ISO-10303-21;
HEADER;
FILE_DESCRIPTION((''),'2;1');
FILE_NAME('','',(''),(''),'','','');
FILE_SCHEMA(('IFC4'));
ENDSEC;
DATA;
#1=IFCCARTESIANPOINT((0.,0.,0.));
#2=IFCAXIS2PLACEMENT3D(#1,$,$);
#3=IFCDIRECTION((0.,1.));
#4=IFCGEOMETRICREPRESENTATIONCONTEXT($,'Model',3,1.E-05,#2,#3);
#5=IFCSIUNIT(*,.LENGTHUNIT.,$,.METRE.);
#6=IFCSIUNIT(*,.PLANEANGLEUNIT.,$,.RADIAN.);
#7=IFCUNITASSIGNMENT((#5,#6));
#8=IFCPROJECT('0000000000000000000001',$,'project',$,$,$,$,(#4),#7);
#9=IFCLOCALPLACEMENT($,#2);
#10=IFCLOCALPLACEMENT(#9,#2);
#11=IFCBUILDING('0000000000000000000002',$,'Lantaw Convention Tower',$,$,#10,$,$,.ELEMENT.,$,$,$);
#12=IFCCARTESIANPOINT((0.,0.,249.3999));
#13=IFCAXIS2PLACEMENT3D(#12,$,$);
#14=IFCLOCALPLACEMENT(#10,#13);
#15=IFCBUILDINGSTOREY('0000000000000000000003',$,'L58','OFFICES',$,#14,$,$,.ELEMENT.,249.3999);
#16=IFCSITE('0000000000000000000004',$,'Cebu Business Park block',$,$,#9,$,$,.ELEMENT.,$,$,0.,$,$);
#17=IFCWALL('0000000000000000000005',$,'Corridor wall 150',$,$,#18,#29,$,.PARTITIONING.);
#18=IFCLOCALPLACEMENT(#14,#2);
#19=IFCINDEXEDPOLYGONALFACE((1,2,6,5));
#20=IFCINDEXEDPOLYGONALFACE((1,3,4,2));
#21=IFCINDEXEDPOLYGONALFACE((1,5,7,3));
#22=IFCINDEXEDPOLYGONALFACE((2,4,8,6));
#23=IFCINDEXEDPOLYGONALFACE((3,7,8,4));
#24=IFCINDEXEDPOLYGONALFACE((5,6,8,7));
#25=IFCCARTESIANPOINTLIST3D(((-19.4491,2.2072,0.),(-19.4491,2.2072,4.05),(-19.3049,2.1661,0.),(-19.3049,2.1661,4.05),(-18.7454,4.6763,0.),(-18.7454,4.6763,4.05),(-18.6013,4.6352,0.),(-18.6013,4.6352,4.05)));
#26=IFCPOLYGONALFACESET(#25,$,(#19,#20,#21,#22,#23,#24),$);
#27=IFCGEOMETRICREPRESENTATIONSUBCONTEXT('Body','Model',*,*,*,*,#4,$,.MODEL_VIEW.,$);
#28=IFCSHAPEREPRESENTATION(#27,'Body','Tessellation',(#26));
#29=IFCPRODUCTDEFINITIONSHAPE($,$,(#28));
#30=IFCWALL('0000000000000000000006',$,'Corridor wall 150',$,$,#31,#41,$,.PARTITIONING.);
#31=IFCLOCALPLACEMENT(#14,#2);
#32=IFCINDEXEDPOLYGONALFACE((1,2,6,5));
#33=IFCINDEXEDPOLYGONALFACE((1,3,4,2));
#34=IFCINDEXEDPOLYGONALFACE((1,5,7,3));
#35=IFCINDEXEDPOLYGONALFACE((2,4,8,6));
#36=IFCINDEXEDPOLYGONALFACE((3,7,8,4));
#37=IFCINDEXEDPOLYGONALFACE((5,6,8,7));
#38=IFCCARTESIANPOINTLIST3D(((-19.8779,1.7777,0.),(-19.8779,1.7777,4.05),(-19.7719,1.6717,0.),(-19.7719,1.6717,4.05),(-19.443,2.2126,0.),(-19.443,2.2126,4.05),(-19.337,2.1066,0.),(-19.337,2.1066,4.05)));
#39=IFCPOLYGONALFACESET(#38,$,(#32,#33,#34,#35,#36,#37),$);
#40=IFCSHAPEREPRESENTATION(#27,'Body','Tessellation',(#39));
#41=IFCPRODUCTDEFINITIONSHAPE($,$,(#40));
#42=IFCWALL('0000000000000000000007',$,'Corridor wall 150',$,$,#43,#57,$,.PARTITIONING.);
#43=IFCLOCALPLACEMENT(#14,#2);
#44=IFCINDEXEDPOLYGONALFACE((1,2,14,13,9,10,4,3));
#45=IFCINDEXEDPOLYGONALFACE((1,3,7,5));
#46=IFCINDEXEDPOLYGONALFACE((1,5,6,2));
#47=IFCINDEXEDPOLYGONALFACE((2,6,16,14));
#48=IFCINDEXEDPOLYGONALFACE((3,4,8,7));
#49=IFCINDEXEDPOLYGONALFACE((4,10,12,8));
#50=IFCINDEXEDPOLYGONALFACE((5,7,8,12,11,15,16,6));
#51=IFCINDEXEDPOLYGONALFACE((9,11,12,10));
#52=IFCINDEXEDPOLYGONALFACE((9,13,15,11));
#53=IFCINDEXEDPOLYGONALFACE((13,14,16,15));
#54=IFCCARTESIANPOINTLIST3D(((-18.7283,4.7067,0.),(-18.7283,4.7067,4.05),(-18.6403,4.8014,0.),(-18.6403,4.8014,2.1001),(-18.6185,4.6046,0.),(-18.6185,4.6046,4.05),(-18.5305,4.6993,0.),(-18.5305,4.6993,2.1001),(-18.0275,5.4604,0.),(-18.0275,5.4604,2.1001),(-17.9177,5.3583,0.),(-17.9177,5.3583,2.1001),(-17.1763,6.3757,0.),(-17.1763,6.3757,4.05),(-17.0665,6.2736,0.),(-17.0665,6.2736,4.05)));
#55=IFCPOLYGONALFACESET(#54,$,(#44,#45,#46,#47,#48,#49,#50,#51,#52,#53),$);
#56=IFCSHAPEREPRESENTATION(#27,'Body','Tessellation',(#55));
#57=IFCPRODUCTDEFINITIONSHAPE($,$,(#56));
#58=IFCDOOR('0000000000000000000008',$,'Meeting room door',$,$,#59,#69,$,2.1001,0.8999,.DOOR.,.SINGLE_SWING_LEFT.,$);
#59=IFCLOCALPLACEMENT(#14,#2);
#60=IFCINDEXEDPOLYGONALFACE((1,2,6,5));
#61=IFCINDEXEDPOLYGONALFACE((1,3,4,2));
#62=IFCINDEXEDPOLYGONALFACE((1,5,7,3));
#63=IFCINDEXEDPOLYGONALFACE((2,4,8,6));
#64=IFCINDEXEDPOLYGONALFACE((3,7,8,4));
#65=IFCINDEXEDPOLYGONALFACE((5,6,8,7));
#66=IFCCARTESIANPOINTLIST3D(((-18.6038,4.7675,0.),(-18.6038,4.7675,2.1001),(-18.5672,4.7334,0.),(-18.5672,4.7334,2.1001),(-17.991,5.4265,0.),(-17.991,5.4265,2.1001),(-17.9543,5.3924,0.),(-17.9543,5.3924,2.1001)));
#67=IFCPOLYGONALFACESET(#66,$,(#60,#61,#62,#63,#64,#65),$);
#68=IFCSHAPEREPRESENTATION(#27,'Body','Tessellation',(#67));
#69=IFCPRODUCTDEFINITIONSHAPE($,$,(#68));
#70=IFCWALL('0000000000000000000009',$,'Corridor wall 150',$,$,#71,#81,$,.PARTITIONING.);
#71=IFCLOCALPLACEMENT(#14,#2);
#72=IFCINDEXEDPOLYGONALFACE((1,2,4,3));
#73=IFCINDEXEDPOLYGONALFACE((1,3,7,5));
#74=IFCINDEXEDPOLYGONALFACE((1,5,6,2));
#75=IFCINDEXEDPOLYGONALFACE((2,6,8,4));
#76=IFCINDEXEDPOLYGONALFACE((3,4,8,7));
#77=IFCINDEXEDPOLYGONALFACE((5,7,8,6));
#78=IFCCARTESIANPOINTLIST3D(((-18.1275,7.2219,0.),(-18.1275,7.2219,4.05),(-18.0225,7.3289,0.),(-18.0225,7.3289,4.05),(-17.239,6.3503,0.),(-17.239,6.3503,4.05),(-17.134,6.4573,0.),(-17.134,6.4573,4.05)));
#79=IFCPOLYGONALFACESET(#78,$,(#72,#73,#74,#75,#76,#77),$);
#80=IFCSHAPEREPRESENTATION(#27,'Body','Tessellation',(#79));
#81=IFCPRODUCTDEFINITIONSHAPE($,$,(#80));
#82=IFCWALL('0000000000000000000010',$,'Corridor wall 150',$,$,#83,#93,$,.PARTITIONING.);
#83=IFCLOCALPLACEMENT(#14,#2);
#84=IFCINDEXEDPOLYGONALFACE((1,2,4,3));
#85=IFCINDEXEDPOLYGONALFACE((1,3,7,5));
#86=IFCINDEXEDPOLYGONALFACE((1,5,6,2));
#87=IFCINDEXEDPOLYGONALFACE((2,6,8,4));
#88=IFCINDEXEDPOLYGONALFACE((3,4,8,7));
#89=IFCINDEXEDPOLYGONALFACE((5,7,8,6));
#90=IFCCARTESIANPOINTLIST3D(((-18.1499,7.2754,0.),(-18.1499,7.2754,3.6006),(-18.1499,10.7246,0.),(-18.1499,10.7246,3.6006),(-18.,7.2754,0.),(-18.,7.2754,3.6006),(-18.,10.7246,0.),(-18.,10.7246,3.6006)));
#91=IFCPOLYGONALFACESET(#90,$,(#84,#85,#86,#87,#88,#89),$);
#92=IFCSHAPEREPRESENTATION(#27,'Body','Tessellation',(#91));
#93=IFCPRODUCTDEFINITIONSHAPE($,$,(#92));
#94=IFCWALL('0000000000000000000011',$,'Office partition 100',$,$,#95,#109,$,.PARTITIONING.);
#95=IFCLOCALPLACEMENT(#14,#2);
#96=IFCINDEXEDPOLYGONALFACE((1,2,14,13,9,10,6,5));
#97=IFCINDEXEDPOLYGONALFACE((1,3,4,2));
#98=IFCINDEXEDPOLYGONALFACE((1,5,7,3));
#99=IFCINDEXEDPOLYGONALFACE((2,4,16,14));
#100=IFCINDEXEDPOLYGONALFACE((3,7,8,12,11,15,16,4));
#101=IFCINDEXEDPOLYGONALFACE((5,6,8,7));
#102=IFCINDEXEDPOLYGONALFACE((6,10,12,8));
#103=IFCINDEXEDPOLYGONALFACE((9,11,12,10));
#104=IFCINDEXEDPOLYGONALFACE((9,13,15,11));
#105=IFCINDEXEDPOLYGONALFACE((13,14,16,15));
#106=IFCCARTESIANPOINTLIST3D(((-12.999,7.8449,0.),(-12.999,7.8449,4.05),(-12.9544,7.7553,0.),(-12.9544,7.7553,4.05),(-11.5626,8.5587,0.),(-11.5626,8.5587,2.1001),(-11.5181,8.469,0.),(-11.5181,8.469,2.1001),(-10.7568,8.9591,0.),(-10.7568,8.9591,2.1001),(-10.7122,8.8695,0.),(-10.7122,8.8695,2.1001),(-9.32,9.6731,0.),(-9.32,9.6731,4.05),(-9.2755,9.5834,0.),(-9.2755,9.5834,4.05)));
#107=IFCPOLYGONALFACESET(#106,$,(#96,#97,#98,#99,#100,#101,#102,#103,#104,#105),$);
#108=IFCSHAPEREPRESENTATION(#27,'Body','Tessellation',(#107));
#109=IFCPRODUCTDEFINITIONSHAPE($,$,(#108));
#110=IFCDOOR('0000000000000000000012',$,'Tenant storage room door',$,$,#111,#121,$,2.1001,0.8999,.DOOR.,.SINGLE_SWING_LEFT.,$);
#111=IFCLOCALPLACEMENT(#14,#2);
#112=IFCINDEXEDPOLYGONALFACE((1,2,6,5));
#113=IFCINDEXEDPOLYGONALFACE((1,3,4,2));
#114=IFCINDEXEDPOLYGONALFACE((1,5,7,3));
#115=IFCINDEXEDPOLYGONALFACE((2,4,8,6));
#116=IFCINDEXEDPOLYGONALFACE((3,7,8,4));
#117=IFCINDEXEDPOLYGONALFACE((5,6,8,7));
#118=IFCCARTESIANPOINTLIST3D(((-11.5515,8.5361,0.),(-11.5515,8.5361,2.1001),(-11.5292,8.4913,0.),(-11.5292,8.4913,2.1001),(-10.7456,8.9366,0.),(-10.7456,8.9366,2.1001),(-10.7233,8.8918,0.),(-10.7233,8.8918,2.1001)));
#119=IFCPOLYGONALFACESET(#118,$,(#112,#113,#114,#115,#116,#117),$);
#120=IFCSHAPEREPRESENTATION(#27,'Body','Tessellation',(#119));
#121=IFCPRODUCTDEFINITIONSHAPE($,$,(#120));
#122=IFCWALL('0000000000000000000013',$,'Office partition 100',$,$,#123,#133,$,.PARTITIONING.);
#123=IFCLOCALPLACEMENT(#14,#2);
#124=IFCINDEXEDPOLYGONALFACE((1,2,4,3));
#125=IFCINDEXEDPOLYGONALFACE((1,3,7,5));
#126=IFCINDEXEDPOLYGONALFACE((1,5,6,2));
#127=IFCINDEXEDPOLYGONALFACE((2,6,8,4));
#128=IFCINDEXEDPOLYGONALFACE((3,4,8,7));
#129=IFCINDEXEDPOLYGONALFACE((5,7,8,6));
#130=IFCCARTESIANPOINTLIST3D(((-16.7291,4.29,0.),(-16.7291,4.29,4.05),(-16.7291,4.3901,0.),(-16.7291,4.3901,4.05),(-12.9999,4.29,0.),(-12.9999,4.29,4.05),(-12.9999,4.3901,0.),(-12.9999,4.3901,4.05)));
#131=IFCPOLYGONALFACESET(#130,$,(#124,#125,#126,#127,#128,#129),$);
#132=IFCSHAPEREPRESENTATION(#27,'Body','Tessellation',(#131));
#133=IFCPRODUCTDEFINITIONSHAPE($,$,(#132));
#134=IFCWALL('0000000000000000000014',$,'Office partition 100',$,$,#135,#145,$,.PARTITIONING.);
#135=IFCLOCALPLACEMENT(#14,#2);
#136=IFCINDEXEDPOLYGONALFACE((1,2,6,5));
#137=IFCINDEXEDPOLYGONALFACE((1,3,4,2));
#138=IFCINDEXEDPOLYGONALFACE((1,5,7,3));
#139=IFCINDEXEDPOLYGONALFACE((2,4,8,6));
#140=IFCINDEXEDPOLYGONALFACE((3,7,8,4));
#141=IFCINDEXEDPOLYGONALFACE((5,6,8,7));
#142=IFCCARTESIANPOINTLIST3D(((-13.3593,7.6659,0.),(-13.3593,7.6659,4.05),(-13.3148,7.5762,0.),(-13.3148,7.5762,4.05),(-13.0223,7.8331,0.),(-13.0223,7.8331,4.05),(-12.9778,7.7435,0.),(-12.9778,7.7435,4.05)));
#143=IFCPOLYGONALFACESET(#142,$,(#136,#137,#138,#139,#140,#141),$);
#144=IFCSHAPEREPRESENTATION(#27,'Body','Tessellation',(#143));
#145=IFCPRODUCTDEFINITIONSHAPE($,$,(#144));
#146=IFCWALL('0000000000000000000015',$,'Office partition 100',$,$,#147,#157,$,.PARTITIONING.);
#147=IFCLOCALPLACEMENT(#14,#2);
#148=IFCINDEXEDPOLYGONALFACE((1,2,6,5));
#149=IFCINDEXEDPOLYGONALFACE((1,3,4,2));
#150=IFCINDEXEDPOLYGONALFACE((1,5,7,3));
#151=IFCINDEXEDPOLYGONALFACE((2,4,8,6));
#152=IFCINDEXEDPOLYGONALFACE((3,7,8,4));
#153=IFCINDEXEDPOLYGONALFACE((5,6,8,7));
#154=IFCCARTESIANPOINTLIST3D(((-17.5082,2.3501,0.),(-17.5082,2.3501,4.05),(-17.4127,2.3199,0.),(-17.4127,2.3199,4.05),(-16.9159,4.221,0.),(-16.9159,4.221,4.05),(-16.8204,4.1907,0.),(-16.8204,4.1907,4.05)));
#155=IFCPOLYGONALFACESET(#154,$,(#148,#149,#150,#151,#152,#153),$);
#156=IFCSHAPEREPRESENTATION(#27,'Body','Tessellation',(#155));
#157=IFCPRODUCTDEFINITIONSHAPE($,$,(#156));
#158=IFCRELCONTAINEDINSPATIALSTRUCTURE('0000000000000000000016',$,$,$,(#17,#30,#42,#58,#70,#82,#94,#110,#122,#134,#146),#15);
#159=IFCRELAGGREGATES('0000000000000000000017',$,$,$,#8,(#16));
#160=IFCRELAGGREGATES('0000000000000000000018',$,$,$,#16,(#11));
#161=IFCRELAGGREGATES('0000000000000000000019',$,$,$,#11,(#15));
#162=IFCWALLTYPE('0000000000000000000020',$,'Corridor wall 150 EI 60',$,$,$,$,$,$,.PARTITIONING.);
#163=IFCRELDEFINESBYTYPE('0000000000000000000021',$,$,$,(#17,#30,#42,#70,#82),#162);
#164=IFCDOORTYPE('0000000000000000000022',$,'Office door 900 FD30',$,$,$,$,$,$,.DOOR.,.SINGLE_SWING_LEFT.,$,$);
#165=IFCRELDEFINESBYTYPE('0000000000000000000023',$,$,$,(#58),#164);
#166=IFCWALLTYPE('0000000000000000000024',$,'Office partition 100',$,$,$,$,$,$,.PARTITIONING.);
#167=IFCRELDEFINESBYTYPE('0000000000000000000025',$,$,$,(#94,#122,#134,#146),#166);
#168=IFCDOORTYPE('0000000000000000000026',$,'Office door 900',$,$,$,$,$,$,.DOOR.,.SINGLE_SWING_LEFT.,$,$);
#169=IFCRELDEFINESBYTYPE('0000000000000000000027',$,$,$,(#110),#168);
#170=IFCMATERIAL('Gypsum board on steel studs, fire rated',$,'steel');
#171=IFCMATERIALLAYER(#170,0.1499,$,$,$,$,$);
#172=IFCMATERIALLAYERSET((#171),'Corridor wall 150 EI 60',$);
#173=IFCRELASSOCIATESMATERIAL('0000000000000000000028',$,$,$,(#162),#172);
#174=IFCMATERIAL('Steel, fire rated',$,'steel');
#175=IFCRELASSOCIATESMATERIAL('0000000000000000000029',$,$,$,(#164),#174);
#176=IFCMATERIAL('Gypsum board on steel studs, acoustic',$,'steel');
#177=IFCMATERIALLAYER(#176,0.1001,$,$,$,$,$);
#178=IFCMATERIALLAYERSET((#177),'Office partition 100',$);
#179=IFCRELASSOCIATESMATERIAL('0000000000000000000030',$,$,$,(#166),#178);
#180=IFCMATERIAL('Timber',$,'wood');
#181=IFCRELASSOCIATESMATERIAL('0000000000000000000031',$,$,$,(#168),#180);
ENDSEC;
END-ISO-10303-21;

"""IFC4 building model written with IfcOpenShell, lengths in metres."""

from ifc_helpers import new_model, si_unit, direction, frame, frame_2d, origin, place, context, subcontext, project, spatial, rectangle, extrude, material, layer, layer_set, type_object, element, fill, save


model = new_model("IFC4")

# Units and contexts
model_context = context("Model", 3, precision=1e-05, world=origin(), true_north=direction((0.0, 1.0)))
body_context = subcontext(model_context, "Body", "Model", "MODEL_VIEW")
ifc_project = project(units=[si_unit("LENGTHUNIT", "METRE"), si_unit("PLANEANGLEUNIT", "RADIAN")], contexts=[model_context])

# Site, building, storey
site_placement = place(None, origin())
site = spatial("IfcSite", under=ifc_project, at=site_placement, Name="Cebu Business Park block", CompositionType="ELEMENT", RefElevation=0.0)
building_placement = place(site_placement, origin())
building = spatial("IfcBuilding", under=site, at=building_placement, Name="Lantaw Convention Tower", CompositionType="ELEMENT")
storey_placement = place(building_placement, frame((0.0, 0.0, 249.3999)))
storey = spatial("IfcBuildingStorey", under=building, at=storey_placement, Name="L58", Description="OFFICES", CompositionType="ELEMENT", Elevation=249.3999)

# Walls
ifc_material_1 = material(Name="Gypsum board on steel studs, fire rated", Category="steel")
ifc_layer_1 = layer(ifc_material_1, 0.1499)
ifc_layer_set_1 = layer_set([ifc_layer_1], Name="Corridor wall 150 EI 60")
wall_type_1 = type_object("IfcWallType", Name="Corridor wall 150 EI 60", PredefinedType="PARTITIONING", material=ifc_layer_set_1)
wall_1_placement = place(storey_placement, frame((-18.6733, 4.6558, 0.0), z_axis=(0.0, 0.0, 1.0), x_axis=(-0.274068, -0.96171, 0.0)))
element("IfcWall", 1, at=wall_1_placement, inside=storey, type_object=wall_type_1, Name="Corridor wall 150", PredefinedType="PARTITIONING", context=body_context, shape_type="SweptSolid", body=[
    extrude(rectangle(XDim=2.5674, YDim=0.1499, at=frame_2d((1.2837, 0.0))), origin(), (0.0, 0.0, 1.0), 4.05),
])
wall_2_placement = place(storey_placement, frame((-19.825, 1.7246, 0.0), z_axis=(0.0, 0.0, 1.0), x_axis=(0.707107, 0.707107, 0.0)))
element("IfcWall", 2, at=wall_2_placement, inside=storey, type_object=wall_type_1, Name="Corridor wall 150", PredefinedType="PARTITIONING", context=body_context, shape_type="SweptSolid", body=[
    extrude(rectangle(XDim=0.615, YDim=0.1499, at=frame_2d((0.3076, 0.0))), origin(), (0.0, 0.0, 1.0), 4.05),
])

# Wall, opening, door
wall_3_placement = place(storey_placement, frame((-17.1213, 6.3247, 0.0), z_axis=(0.0, 0.0, 1.0), x_axis=(-0.680985, -0.732297, 0.0)))
wall_3 = element("IfcWall", 3, at=wall_3_placement, inside=storey, type_object=wall_type_1, Name="Corridor wall 150", PredefinedType="PARTITIONING", context=body_context, shape_type="SweptSolid", body=[
    extrude(rectangle(XDim=2.2791, YDim=0.1499, at=frame_2d((1.1396, 0.0))), origin(), (0.0, 0.0, 1.0), 4.05),
])
opening_1_placement = place(wall_3_placement, frame((1.25, 0.0, 0.0)))
opening_1 = element("IfcOpeningElement", 4, at=opening_1_placement, cuts=wall_3, PredefinedType="OPENING", context=body_context, shape_type="SweptSolid", body=[
    extrude(rectangle(XDim=0.8999, YDim=2.1001, at=frame_2d((0.45, 1.05))), frame((0.0, 0.085, 0.0), z_axis=(0.0, -1.0, 0.0), x_axis=(1.0, 0.0, 0.0)), (0.0, 0.0, 1.0), 0.1699),
])
ifc_material_2 = material(Name="Steel, fire rated", Category="steel")
door_type_1 = type_object("IfcDoorType", Name="Office door 900 FD30", OperationType="SINGLE_SWING_LEFT", PredefinedType="DOOR", material=ifc_material_2)
door_1_placement = place(opening_1_placement, origin())
door_1 = element("IfcDoor", 5, at=door_1_placement, inside=storey, type_object=door_type_1, Name="Meeting room door", OperationType="SINGLE_SWING_LEFT", OverallHeight=2.1001, OverallWidth=0.8999, PredefinedType="DOOR", context=body_context, shape_type="SweptSolid", body=[
    extrude(rectangle(XDim=0.8999, YDim=2.1001, at=frame_2d((0.45, 1.05))), frame((0.0, 0.0249, 0.0), z_axis=(0.0, -1.0, 0.0), x_axis=(1.0, 0.0, 0.0)), (0.0, 0.0, 1.0), 0.05),
])
fill(opening_1, door_1)

# Walls
wall_4_placement = place(storey_placement, frame((-17.1865, 6.4038, 0.0), z_axis=(0.0, 0.0, 1.0), x_axis=(-0.713842, 0.700307, 0.0)))
element("IfcWall", 6, at=wall_4_placement, inside=storey, type_object=wall_type_1, Name="Corridor wall 150", PredefinedType="PARTITIONING", context=body_context, shape_type="SweptSolid", body=[
    extrude(rectangle(XDim=1.2446, YDim=0.1499, at=frame_2d((0.6223, 0.0))), origin(), (0.0, 0.0, 1.0), 4.05),
])
wall_5_placement = place(storey_placement, frame((-18.075, 7.2754, 0.0), z_axis=(0.0, 0.0, 1.0), x_axis=(0.0, 1.0, 0.0)))
element("IfcWall", 7, at=wall_5_placement, inside=storey, type_object=wall_type_1, Name="Corridor wall 150", PredefinedType="PARTITIONING", context=body_context, shape_type="SweptSolid", body=[
    extrude(rectangle(XDim=3.4492, YDim=0.1499, at=frame_2d((1.7246, 0.0))), origin(), (0.0, 0.0, 1.0), 3.6006),
])

# Wall, opening, door
ifc_material_3 = material(Name="Gypsum board on steel studs, acoustic", Category="steel")
ifc_layer_2 = layer(ifc_material_3, 0.1001)
ifc_layer_set_2 = layer_set([ifc_layer_2], Name="Office partition 100")
wall_type_2 = type_object("IfcWallType", Name="Office partition 100", PredefinedType="PARTITIONING", material=ifc_layer_set_2)
wall_6_placement = place(storey_placement, frame((-12.9768, 7.8, 0.0), z_axis=(0.0, 0.0, 1.0), x_axis=(0.89553, 0.445001, 0.0)))
wall_6 = element("IfcWall", 8, at=wall_6_placement, inside=storey, type_object=wall_type_2, Name="Office partition 100", PredefinedType="PARTITIONING", context=body_context, shape_type="SweptSolid", body=[
    extrude(rectangle(XDim=4.1082, YDim=0.1001, at=frame_2d((2.0542, 0.0))), origin(), (0.0, 0.0, 1.0), 4.05),
])
opening_2_placement = place(wall_6_placement, frame((1.604, 0.0, 0.0)))
opening_2 = element("IfcOpeningElement", 9, at=opening_2_placement, cuts=wall_6, PredefinedType="OPENING", context=body_context, shape_type="SweptSolid", body=[
    extrude(rectangle(XDim=0.8999, YDim=2.1001, at=frame_2d((0.45, 1.05))), frame((0.0, 0.0601, 0.0), z_axis=(0.0, -1.0, 0.0), x_axis=(1.0, 0.0, 0.0)), (0.0, 0.0, 1.0), 0.1201),
])
ifc_material_4 = material(Name="Timber", Category="wood")
door_type_2 = type_object("IfcDoorType", Name="Office door 900", OperationType="SINGLE_SWING_LEFT", PredefinedType="DOOR", material=ifc_material_4)
door_2_placement = place(opening_2_placement, origin())
door_2 = element("IfcDoor", 10, at=door_2_placement, inside=storey, type_object=door_type_2, Name="Tenant storage room door", OperationType="SINGLE_SWING_LEFT", OverallHeight=2.1001, OverallWidth=0.8999, PredefinedType="DOOR", context=body_context, shape_type="SweptSolid", body=[
    extrude(rectangle(XDim=0.8999, YDim=2.1001, at=frame_2d((0.45, 1.05))), frame((0.0, 0.0249, 0.0), z_axis=(0.0, -1.0, 0.0), x_axis=(1.0, 0.0, 0.0)), (0.0, 0.0, 1.0), 0.05),
])
fill(opening_2, door_2)

# Walls
wall_7_placement = place(storey_placement, frame((-16.7292, 4.3401, 0.0), z_axis=(0.0, 0.0, 1.0), x_axis=(1.0, 0.0, 0.0)))
element("IfcWall", 11, at=wall_7_placement, inside=storey, type_object=wall_type_2, Name="Office partition 100", PredefinedType="PARTITIONING", context=body_context, shape_type="SweptSolid", body=[
    extrude(rectangle(XDim=3.7292, YDim=0.1001, at=frame_2d((1.8647, 0.0))), origin(), (0.0, 0.0, 1.0), 4.05),
])
wall_8_placement = place(storey_placement, frame((-13.3369, 7.6211, 0.0), z_axis=(0.0, 0.0, 1.0), x_axis=(0.895722, 0.444615, 0.0)))
element("IfcWall", 12, at=wall_8_placement, inside=storey, type_object=wall_type_2, Name="Office partition 100", PredefinedType="PARTITIONING", context=body_context, shape_type="SweptSolid", body=[
    extrude(rectangle(XDim=0.3762, YDim=0.1001, at=frame_2d((0.188, 0.0))), origin(), (0.0, 0.0, 1.0), 4.05),
])
wall_9_placement = place(storey_placement, frame((-17.4604, 2.335, 0.0), z_axis=(0.0, 0.0, 1.0), x_axis=(0.301822, 0.953364, 0.0)))
element("IfcWall", 13, at=wall_9_placement, inside=storey, type_object=wall_type_2, Name="Office partition 100", PredefinedType="PARTITIONING", context=body_context, shape_type="SweptSolid", body=[
    extrude(rectangle(XDim=1.9624, YDim=0.1001, at=frame_2d((0.9812, 0.0))), origin(), (0.0, 0.0, 1.0), 4.05),
])

save(model, "model.ifc")
